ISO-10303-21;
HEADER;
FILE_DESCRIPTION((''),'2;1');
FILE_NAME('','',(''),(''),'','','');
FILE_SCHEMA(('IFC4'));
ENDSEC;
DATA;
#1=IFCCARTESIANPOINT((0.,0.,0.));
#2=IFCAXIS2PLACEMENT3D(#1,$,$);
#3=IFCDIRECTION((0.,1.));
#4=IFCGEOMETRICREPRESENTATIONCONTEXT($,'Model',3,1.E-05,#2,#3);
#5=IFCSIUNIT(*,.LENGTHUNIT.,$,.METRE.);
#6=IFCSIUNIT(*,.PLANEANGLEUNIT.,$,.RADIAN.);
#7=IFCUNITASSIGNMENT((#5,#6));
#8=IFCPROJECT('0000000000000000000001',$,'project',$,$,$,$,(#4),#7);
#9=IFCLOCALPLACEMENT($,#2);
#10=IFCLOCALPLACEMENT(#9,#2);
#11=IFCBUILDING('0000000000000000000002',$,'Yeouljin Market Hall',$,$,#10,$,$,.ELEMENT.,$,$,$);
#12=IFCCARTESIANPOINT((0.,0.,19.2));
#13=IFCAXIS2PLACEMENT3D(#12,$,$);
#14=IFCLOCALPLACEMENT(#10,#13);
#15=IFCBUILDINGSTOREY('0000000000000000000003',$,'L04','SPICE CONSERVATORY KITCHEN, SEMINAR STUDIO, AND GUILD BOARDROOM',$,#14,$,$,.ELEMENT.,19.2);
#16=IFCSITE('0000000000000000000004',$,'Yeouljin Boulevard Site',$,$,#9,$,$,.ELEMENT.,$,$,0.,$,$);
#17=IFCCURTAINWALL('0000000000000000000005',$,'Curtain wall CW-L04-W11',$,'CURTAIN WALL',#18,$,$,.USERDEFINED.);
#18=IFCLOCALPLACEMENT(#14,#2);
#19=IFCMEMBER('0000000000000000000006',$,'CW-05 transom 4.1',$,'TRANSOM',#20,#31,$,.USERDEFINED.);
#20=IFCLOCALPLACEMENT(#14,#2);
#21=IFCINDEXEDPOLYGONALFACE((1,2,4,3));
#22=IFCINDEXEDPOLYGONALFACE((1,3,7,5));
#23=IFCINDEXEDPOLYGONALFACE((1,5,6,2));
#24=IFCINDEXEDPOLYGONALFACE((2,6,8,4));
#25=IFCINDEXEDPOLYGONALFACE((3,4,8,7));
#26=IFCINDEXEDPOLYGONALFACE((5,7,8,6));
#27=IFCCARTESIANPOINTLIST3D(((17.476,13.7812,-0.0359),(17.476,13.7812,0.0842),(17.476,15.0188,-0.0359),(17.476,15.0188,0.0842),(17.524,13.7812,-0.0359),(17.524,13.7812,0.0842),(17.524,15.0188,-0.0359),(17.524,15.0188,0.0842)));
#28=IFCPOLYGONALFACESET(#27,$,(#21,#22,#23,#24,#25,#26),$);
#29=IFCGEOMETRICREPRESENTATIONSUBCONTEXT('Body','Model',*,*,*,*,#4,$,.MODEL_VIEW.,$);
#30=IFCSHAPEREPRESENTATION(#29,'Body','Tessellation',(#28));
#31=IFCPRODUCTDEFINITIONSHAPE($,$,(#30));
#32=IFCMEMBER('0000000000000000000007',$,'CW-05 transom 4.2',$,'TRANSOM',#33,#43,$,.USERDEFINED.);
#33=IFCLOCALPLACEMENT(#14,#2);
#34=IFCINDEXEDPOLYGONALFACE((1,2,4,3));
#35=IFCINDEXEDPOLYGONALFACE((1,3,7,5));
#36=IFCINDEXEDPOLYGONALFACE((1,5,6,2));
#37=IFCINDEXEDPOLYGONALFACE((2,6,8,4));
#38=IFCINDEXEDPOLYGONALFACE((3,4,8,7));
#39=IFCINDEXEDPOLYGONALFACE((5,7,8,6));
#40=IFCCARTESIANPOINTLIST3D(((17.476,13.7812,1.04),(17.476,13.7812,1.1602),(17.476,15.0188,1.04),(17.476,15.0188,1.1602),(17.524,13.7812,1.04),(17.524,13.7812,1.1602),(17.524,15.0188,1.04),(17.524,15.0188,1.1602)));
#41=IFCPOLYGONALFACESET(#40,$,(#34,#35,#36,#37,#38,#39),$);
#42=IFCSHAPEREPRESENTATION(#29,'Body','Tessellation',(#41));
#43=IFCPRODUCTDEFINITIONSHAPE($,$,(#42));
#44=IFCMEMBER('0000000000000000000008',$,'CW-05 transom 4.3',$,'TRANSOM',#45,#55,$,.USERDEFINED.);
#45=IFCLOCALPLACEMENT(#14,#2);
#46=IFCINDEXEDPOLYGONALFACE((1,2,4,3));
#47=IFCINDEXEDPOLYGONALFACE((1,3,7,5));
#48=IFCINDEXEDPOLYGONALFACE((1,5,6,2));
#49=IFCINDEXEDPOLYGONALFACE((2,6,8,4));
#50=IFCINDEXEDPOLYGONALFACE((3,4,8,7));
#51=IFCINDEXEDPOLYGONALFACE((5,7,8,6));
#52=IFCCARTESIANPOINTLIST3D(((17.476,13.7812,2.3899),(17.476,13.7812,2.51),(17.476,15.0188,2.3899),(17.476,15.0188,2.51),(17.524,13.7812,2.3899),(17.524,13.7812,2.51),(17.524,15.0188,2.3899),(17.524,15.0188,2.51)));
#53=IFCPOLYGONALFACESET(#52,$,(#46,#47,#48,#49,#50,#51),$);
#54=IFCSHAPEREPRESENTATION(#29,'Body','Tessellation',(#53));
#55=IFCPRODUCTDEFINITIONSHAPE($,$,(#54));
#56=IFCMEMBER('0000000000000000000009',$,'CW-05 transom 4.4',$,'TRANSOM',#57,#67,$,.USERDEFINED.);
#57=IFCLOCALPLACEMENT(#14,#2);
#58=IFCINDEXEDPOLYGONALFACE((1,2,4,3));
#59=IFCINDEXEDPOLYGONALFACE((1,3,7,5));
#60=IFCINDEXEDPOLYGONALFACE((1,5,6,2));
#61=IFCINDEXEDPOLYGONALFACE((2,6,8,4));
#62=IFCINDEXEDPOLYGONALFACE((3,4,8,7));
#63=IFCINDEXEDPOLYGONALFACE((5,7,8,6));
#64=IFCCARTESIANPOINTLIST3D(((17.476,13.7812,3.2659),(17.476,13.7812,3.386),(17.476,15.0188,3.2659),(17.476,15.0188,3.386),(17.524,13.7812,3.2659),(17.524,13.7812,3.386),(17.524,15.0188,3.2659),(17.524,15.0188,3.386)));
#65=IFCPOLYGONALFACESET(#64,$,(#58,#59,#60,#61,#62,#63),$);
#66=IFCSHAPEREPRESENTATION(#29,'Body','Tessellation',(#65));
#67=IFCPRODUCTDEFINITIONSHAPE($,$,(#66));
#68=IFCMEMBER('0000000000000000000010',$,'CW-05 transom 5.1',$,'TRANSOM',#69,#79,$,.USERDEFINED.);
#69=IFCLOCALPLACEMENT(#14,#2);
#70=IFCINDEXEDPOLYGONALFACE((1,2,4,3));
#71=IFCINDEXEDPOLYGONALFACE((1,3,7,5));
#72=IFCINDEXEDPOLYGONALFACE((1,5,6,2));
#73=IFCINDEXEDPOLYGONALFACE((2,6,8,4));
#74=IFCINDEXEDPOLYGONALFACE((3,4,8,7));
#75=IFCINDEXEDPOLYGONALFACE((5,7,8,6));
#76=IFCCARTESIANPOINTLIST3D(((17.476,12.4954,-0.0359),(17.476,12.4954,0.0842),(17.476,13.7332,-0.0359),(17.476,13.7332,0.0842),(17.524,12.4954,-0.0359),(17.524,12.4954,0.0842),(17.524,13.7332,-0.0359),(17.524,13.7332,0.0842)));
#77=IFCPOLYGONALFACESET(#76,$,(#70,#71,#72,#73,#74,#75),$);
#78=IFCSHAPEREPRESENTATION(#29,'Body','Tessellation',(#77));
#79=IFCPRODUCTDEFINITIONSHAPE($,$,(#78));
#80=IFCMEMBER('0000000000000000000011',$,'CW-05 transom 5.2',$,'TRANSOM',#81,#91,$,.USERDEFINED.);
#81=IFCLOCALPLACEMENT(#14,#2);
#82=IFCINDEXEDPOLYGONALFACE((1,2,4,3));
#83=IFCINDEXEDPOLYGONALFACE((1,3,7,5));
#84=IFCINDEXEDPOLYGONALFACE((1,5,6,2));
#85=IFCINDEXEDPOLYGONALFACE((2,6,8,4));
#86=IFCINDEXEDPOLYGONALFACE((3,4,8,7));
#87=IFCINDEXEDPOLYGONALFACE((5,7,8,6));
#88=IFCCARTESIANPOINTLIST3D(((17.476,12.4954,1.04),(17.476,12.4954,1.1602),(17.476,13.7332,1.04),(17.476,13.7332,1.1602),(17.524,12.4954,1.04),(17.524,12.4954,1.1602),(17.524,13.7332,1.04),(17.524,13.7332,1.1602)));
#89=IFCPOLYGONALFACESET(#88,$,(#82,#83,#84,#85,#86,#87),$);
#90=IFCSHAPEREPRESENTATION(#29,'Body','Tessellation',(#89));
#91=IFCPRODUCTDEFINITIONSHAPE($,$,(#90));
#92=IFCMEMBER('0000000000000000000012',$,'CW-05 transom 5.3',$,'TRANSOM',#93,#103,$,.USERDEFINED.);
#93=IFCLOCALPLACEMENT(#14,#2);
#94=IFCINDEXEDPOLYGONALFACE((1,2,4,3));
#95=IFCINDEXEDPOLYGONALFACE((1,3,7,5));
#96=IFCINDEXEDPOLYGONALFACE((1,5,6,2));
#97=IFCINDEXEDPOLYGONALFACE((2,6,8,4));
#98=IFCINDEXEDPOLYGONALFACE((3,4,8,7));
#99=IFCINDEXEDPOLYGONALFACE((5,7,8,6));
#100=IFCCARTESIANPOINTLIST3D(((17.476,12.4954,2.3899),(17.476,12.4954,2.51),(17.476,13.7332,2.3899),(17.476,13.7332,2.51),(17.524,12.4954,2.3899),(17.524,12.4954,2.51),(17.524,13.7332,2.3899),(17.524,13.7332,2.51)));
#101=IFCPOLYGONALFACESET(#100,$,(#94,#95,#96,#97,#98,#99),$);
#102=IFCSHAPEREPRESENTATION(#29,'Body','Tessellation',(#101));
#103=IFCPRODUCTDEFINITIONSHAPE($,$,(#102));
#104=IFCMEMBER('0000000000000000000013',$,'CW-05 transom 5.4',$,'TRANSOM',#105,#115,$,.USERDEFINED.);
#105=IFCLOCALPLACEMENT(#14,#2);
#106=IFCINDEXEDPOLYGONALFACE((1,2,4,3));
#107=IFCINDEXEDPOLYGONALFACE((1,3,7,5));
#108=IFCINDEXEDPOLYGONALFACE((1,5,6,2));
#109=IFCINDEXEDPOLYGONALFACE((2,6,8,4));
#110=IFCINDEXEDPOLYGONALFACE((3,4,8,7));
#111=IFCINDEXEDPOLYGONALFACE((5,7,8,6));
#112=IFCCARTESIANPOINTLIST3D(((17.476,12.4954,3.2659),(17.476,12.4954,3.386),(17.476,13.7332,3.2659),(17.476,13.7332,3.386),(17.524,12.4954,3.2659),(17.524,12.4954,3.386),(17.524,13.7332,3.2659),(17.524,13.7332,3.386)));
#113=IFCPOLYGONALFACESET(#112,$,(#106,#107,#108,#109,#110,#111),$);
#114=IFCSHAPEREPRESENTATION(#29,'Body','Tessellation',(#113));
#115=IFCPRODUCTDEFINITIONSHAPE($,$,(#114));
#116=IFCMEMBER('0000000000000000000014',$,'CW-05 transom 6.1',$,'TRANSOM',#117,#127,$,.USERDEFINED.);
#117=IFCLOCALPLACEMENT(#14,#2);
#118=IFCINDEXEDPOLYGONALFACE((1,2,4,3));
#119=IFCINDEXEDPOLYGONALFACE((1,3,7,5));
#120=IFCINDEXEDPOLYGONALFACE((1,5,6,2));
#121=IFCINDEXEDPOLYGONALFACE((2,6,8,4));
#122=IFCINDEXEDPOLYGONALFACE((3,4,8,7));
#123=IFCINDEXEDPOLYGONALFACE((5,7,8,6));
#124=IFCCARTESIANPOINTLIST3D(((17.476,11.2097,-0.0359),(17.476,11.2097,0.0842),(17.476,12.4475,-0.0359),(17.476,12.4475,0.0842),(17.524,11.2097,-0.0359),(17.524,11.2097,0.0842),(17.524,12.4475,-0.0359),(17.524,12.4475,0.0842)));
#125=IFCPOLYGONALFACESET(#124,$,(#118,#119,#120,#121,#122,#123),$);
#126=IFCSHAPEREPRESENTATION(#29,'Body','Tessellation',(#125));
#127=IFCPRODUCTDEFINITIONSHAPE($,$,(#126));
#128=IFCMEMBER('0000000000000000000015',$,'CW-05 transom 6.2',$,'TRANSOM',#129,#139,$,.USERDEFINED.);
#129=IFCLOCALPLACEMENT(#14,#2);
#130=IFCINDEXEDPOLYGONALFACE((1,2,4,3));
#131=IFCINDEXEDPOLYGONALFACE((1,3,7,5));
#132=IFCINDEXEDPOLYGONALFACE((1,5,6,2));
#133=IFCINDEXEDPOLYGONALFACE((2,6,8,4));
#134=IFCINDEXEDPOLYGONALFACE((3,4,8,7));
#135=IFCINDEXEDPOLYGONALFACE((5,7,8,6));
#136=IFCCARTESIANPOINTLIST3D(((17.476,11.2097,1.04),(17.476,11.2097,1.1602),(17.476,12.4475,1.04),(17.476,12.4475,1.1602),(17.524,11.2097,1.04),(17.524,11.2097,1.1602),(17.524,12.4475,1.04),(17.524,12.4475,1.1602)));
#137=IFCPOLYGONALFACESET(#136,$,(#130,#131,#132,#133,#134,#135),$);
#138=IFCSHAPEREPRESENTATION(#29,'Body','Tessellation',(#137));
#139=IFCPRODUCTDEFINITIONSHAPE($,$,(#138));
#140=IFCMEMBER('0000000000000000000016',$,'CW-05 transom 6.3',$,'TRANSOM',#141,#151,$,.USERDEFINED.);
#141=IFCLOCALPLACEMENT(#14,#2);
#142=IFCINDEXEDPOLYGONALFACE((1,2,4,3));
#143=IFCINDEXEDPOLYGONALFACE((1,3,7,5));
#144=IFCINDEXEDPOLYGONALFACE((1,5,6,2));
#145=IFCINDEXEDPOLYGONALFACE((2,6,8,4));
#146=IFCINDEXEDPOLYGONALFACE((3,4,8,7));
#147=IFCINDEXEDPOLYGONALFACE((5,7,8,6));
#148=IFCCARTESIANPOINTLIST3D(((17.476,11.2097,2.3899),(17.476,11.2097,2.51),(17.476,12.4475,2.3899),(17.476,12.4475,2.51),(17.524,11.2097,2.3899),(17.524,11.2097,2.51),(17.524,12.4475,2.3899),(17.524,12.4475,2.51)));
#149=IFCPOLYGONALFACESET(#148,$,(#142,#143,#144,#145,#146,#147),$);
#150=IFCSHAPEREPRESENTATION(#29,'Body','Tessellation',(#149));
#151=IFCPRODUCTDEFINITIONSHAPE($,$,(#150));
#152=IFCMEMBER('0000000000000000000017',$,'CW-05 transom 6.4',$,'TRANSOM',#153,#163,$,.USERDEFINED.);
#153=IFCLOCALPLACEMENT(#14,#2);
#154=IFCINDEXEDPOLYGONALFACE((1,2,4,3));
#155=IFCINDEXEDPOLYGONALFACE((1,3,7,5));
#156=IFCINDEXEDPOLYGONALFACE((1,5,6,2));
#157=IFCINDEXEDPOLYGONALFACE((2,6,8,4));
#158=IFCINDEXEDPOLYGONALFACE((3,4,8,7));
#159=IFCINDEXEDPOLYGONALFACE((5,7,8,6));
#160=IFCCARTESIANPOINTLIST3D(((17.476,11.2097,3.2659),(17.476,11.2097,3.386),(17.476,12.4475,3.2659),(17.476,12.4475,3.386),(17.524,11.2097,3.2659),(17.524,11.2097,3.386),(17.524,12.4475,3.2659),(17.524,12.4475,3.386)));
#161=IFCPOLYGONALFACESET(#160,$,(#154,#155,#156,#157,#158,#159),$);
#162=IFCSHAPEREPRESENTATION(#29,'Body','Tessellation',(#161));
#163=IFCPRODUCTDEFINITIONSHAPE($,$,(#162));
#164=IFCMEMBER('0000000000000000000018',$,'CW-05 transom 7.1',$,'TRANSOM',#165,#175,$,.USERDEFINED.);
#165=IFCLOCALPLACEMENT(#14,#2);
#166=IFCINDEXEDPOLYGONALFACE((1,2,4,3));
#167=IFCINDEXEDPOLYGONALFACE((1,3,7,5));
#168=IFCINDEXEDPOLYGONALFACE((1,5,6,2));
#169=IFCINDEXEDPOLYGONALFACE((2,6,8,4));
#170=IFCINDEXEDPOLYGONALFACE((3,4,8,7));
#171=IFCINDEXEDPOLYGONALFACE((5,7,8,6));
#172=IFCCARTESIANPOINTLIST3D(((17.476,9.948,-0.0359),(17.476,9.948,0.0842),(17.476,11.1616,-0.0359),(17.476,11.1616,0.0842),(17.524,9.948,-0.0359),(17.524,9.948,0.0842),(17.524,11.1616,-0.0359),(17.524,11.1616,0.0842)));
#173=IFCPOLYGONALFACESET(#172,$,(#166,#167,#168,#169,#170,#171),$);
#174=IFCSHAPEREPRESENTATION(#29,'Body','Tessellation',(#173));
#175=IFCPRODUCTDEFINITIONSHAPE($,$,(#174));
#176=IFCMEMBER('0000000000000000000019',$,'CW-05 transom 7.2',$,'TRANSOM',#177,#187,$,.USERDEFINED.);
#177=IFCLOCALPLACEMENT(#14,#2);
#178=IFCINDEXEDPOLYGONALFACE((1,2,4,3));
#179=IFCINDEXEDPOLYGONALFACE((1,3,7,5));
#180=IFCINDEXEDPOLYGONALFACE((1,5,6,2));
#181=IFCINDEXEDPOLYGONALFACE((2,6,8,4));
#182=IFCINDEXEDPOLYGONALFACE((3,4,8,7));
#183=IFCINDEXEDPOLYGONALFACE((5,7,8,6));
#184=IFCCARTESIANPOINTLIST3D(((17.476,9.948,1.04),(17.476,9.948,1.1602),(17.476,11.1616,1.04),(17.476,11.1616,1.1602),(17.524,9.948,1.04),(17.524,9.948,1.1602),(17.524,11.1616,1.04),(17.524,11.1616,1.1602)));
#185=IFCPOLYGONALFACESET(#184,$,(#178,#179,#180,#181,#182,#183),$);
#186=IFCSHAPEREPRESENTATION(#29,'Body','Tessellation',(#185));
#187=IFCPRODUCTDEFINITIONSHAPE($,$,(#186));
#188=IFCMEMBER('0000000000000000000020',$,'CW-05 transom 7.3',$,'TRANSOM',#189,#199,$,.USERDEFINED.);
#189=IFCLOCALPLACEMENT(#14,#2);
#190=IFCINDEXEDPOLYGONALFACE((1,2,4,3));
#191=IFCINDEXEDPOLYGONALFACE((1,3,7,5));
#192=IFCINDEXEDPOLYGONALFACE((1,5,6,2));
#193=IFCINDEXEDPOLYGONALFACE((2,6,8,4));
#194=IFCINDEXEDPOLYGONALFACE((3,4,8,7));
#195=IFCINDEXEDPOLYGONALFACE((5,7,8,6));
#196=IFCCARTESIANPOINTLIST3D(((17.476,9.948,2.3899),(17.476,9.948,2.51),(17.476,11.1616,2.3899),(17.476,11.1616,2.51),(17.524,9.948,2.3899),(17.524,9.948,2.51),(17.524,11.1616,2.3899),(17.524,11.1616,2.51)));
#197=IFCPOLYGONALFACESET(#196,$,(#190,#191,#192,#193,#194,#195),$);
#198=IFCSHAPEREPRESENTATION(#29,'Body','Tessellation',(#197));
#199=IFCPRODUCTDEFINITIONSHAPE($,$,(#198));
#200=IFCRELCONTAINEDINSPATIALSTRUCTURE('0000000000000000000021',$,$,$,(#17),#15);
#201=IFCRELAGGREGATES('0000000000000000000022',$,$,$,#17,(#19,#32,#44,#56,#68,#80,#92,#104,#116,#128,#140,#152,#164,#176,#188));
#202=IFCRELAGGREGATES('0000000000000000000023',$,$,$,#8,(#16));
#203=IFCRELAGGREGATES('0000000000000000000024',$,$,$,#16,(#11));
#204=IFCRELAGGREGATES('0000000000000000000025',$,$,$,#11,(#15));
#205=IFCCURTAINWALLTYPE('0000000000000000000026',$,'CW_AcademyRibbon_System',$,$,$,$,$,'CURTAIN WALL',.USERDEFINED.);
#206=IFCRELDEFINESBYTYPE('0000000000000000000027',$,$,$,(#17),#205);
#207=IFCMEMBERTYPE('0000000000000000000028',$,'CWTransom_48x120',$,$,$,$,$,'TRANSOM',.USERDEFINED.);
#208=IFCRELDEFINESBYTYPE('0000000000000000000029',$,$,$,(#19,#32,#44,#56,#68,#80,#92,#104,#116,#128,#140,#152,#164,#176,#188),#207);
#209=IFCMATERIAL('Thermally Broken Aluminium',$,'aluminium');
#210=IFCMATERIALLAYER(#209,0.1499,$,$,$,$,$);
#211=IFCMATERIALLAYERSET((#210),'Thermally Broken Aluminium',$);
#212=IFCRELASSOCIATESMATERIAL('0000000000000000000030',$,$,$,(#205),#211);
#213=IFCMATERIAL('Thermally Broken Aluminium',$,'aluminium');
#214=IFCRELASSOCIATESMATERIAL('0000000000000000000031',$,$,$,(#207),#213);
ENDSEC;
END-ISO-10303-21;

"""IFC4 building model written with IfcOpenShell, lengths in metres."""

from ifc_helpers import new_model, si_unit, direction, frame, origin, origin_2d, place, context, subcontext, project, spatial, rectangle, extrude, material, layer, layer_set, material_profile, profile_set, type_object, element, aggregate, save


model = new_model("IFC4")

# Units and contexts
model_context = context("Model", 3, precision=1e-05, world=origin(), true_north=direction((0.0, 1.0)))
body_context = subcontext(model_context, "Body", "Model", "MODEL_VIEW")
ifc_project = project(units=[si_unit("LENGTHUNIT", "METRE"), si_unit("PLANEANGLEUNIT", "RADIAN")], contexts=[model_context])

# Site, building, storey
site_placement = place(None, origin())
site = spatial("IfcSite", under=ifc_project, at=site_placement, Name="Yeouljin Boulevard Site", CompositionType="ELEMENT", RefElevation=0.0)
building_placement = place(site_placement, origin())
building = spatial("IfcBuilding", under=site, at=building_placement, Name="Yeouljin Market Hall", CompositionType="ELEMENT")
storey_placement = place(building_placement, frame((0.0, 0.0, 19.2)))
storey = spatial("IfcBuildingStorey", under=building, at=storey_placement, Name="L04", Description="SPICE CONSERVATORY KITCHEN, SEMINAR STUDIO, AND GUILD BOARDROOM", CompositionType="ELEMENT", Elevation=19.2)

# Curtain wall, members
ifc_material_1 = material(Name="Thermally Broken Aluminium", Category="aluminium")
ifc_layer_1 = layer(ifc_material_1, 0.1499)
ifc_layer_set_1 = layer_set([ifc_layer_1], Name="Thermally Broken Aluminium")
curtain_wall_type = type_object("IfcCurtainWallType", Name="CW_AcademyRibbon_System", ElementType="CURTAIN WALL", PredefinedType="USERDEFINED", material=ifc_layer_set_1)
curtain_wall_placement = place(storey_placement, origin())
curtain_wall = element("IfcCurtainWall", 1, at=curtain_wall_placement, inside=storey, type_object=curtain_wall_type, Name="Curtain wall CW-L04-W11", ObjectType="CURTAIN WALL", PredefinedType="USERDEFINED")
ifc_material_2 = material(Name="Thermally Broken Aluminium", Category="aluminium")
ifc_material_profile = material_profile(ifc_material_2, rectangle(XDim=0.0481, YDim=0.1201, at=origin_2d()), Name="CW-TRAN-48x120")
ifc_profile_set = profile_set([ifc_material_profile], Name="Thermally Broken Aluminium")
member_type = type_object("IfcMemberType", Name="CWTransom_48x120", ElementType="TRANSOM", PredefinedType="USERDEFINED", material=ifc_profile_set)
member_1_placement = place(storey_placement, frame((17.5, 15.0188, 0.0242), z_axis=(0.0, -1.0, 0.0), x_axis=(1.0, 0.0, 0.0)))
member_1 = element("IfcMember", 2, at=member_1_placement, type_object=member_type, Name="CW-05 transom 4.1", ObjectType="TRANSOM", PredefinedType="USERDEFINED", context=body_context, shape_type="SweptSolid", body=[
    extrude(rectangle(XDim=0.0481, YDim=0.1201, at=origin_2d()), origin(), (0.0, 0.0, 1.0), 1.2375),
])
member_2_placement = place(storey_placement, frame((17.5, 15.0188, 1.1001), z_axis=(0.0, -1.0, 0.0), x_axis=(1.0, 0.0, 0.0)))
member_2 = element("IfcMember", 3, at=member_2_placement, type_object=member_type, Name="CW-05 transom 4.2", ObjectType="TRANSOM", PredefinedType="USERDEFINED", context=body_context, shape_type="SweptSolid", body=[
    extrude(rectangle(XDim=0.0481, YDim=0.1201, at=origin_2d()), origin(), (0.0, 0.0, 1.0), 1.2375),
])
member_3_placement = place(storey_placement, frame((17.5, 15.0188, 2.45), z_axis=(0.0, -1.0, 0.0), x_axis=(1.0, 0.0, 0.0)))
member_3 = element("IfcMember", 4, at=member_3_placement, type_object=member_type, Name="CW-05 transom 4.3", ObjectType="TRANSOM", PredefinedType="USERDEFINED", context=body_context, shape_type="SweptSolid", body=[
    extrude(rectangle(XDim=0.0481, YDim=0.1201, at=origin_2d()), origin(), (0.0, 0.0, 1.0), 1.2375),
])
member_4_placement = place(storey_placement, frame((17.5, 15.0188, 3.3259), z_axis=(0.0, -1.0, 0.0), x_axis=(1.0, 0.0, 0.0)))
member_4 = element("IfcMember", 5, at=member_4_placement, type_object=member_type, Name="CW-05 transom 4.4", ObjectType="TRANSOM", PredefinedType="USERDEFINED", context=body_context, shape_type="SweptSolid", body=[
    extrude(rectangle(XDim=0.0481, YDim=0.1201, at=origin_2d()), origin(), (0.0, 0.0, 1.0), 1.2375),
])
member_5_placement = place(storey_placement, frame((17.5, 13.7332, 0.0242), z_axis=(0.0, -1.0, 0.0), x_axis=(1.0, 0.0, 0.0)))
member_5 = element("IfcMember", 6, at=member_5_placement, type_object=member_type, Name="CW-05 transom 5.1", ObjectType="TRANSOM", PredefinedType="USERDEFINED", context=body_context, shape_type="SweptSolid", body=[
    extrude(rectangle(XDim=0.0481, YDim=0.1201, at=origin_2d()), origin(), (0.0, 0.0, 1.0), 1.2378),
])
member_6_placement = place(storey_placement, frame((17.5, 13.7332, 1.1001), z_axis=(0.0, -1.0, 0.0), x_axis=(1.0, 0.0, 0.0)))
member_6 = element("IfcMember", 7, at=member_6_placement, type_object=member_type, Name="CW-05 transom 5.2", ObjectType="TRANSOM", PredefinedType="USERDEFINED", context=body_context, shape_type="SweptSolid", body=[
    extrude(rectangle(XDim=0.0481, YDim=0.1201, at=origin_2d()), origin(), (0.0, 0.0, 1.0), 1.2378),
])
member_7_placement = place(storey_placement, frame((17.5, 13.7332, 2.45), z_axis=(0.0, -1.0, 0.0), x_axis=(1.0, 0.0, 0.0)))
member_7 = element("IfcMember", 8, at=member_7_placement, type_object=member_type, Name="CW-05 transom 5.3", ObjectType="TRANSOM", PredefinedType="USERDEFINED", context=body_context, shape_type="SweptSolid", body=[
    extrude(rectangle(XDim=0.0481, YDim=0.1201, at=origin_2d()), origin(), (0.0, 0.0, 1.0), 1.2378),
])
member_8_placement = place(storey_placement, frame((17.5, 13.7332, 3.3259), z_axis=(0.0, -1.0, 0.0), x_axis=(1.0, 0.0, 0.0)))
member_8 = element("IfcMember", 9, at=member_8_placement, type_object=member_type, Name="CW-05 transom 5.4", ObjectType="TRANSOM", PredefinedType="USERDEFINED", context=body_context, shape_type="SweptSolid", body=[
    extrude(rectangle(XDim=0.0481, YDim=0.1201, at=origin_2d()), origin(), (0.0, 0.0, 1.0), 1.2378),
])
member_9_placement = place(storey_placement, frame((17.5, 12.4475, 0.0242), z_axis=(0.0, -1.0, 0.0), x_axis=(1.0, 0.0, 0.0)))
member_9 = element("IfcMember", 10, at=member_9_placement, type_object=member_type, Name="CW-05 transom 6.1", ObjectType="TRANSOM", PredefinedType="USERDEFINED", context=body_context, shape_type="SweptSolid", body=[
    extrude(rectangle(XDim=0.0481, YDim=0.1201, at=origin_2d()), origin(), (0.0, 0.0, 1.0), 1.2378),
])
member_10_placement = place(storey_placement, frame((17.5, 12.4475, 1.1001), z_axis=(0.0, -1.0, 0.0), x_axis=(1.0, 0.0, 0.0)))
member_10 = element("IfcMember", 11, at=member_10_placement, type_object=member_type, Name="CW-05 transom 6.2", ObjectType="TRANSOM", PredefinedType="USERDEFINED", context=body_context, shape_type="SweptSolid", body=[
    extrude(rectangle(XDim=0.0481, YDim=0.1201, at=origin_2d()), origin(), (0.0, 0.0, 1.0), 1.2378),
])
member_11_placement = place(storey_placement, frame((17.5, 12.4475, 2.45), z_axis=(0.0, -1.0, 0.0), x_axis=(1.0, 0.0, 0.0)))
member_11 = element("IfcMember", 12, at=member_11_placement, type_object=member_type, Name="CW-05 transom 6.3", ObjectType="TRANSOM", PredefinedType="USERDEFINED", context=body_context, shape_type="SweptSolid", body=[
    extrude(rectangle(XDim=0.0481, YDim=0.1201, at=origin_2d()), origin(), (0.0, 0.0, 1.0), 1.2378),
])
member_12_placement = place(storey_placement, frame((17.5, 12.4475, 3.3259), z_axis=(0.0, -1.0, 0.0), x_axis=(1.0, 0.0, 0.0)))
member_12 = element("IfcMember", 13, at=member_12_placement, type_object=member_type, Name="CW-05 transom 6.4", ObjectType="TRANSOM", PredefinedType="USERDEFINED", context=body_context, shape_type="SweptSolid", body=[
    extrude(rectangle(XDim=0.0481, YDim=0.1201, at=origin_2d()), origin(), (0.0, 0.0, 1.0), 1.2378),
])
member_13_placement = place(storey_placement, frame((17.5, 11.1616, 0.0242), z_axis=(0.0, -1.0, 0.0), x_axis=(1.0, 0.0, 0.0)))
member_13 = element("IfcMember", 14, at=member_13_placement, type_object=member_type, Name="CW-05 transom 7.1", ObjectType="TRANSOM", PredefinedType="USERDEFINED", context=body_context, shape_type="SweptSolid", body=[
    extrude(rectangle(XDim=0.0481, YDim=0.1201, at=origin_2d()), origin(), (0.0, 0.0, 1.0), 1.2136),
])
member_14_placement = place(storey_placement, frame((17.5, 11.1616, 1.1001), z_axis=(0.0, -1.0, 0.0), x_axis=(1.0, 0.0, 0.0)))
member_14 = element("IfcMember", 15, at=member_14_placement, type_object=member_type, Name="CW-05 transom 7.2", ObjectType="TRANSOM", PredefinedType="USERDEFINED", context=body_context, shape_type="SweptSolid", body=[
    extrude(rectangle(XDim=0.0481, YDim=0.1201, at=origin_2d()), origin(), (0.0, 0.0, 1.0), 1.2136),
])
member_15_placement = place(storey_placement, frame((17.5, 11.1616, 2.45), z_axis=(0.0, -1.0, 0.0), x_axis=(1.0, 0.0, 0.0)))
member_15 = element("IfcMember", 16, at=member_15_placement, type_object=member_type, Name="CW-05 transom 7.3", ObjectType="TRANSOM", PredefinedType="USERDEFINED", context=body_context, shape_type="SweptSolid", body=[
    extrude(rectangle(XDim=0.0481, YDim=0.1201, at=origin_2d()), origin(), (0.0, 0.0, 1.0), 1.2136),
])
aggregate(curtain_wall, [member_1, member_2, member_3, member_4, member_5, member_6, member_7, member_8, member_9, member_10, member_11, member_12, member_13, member_14, member_15])

save(model, "model.ifc")
